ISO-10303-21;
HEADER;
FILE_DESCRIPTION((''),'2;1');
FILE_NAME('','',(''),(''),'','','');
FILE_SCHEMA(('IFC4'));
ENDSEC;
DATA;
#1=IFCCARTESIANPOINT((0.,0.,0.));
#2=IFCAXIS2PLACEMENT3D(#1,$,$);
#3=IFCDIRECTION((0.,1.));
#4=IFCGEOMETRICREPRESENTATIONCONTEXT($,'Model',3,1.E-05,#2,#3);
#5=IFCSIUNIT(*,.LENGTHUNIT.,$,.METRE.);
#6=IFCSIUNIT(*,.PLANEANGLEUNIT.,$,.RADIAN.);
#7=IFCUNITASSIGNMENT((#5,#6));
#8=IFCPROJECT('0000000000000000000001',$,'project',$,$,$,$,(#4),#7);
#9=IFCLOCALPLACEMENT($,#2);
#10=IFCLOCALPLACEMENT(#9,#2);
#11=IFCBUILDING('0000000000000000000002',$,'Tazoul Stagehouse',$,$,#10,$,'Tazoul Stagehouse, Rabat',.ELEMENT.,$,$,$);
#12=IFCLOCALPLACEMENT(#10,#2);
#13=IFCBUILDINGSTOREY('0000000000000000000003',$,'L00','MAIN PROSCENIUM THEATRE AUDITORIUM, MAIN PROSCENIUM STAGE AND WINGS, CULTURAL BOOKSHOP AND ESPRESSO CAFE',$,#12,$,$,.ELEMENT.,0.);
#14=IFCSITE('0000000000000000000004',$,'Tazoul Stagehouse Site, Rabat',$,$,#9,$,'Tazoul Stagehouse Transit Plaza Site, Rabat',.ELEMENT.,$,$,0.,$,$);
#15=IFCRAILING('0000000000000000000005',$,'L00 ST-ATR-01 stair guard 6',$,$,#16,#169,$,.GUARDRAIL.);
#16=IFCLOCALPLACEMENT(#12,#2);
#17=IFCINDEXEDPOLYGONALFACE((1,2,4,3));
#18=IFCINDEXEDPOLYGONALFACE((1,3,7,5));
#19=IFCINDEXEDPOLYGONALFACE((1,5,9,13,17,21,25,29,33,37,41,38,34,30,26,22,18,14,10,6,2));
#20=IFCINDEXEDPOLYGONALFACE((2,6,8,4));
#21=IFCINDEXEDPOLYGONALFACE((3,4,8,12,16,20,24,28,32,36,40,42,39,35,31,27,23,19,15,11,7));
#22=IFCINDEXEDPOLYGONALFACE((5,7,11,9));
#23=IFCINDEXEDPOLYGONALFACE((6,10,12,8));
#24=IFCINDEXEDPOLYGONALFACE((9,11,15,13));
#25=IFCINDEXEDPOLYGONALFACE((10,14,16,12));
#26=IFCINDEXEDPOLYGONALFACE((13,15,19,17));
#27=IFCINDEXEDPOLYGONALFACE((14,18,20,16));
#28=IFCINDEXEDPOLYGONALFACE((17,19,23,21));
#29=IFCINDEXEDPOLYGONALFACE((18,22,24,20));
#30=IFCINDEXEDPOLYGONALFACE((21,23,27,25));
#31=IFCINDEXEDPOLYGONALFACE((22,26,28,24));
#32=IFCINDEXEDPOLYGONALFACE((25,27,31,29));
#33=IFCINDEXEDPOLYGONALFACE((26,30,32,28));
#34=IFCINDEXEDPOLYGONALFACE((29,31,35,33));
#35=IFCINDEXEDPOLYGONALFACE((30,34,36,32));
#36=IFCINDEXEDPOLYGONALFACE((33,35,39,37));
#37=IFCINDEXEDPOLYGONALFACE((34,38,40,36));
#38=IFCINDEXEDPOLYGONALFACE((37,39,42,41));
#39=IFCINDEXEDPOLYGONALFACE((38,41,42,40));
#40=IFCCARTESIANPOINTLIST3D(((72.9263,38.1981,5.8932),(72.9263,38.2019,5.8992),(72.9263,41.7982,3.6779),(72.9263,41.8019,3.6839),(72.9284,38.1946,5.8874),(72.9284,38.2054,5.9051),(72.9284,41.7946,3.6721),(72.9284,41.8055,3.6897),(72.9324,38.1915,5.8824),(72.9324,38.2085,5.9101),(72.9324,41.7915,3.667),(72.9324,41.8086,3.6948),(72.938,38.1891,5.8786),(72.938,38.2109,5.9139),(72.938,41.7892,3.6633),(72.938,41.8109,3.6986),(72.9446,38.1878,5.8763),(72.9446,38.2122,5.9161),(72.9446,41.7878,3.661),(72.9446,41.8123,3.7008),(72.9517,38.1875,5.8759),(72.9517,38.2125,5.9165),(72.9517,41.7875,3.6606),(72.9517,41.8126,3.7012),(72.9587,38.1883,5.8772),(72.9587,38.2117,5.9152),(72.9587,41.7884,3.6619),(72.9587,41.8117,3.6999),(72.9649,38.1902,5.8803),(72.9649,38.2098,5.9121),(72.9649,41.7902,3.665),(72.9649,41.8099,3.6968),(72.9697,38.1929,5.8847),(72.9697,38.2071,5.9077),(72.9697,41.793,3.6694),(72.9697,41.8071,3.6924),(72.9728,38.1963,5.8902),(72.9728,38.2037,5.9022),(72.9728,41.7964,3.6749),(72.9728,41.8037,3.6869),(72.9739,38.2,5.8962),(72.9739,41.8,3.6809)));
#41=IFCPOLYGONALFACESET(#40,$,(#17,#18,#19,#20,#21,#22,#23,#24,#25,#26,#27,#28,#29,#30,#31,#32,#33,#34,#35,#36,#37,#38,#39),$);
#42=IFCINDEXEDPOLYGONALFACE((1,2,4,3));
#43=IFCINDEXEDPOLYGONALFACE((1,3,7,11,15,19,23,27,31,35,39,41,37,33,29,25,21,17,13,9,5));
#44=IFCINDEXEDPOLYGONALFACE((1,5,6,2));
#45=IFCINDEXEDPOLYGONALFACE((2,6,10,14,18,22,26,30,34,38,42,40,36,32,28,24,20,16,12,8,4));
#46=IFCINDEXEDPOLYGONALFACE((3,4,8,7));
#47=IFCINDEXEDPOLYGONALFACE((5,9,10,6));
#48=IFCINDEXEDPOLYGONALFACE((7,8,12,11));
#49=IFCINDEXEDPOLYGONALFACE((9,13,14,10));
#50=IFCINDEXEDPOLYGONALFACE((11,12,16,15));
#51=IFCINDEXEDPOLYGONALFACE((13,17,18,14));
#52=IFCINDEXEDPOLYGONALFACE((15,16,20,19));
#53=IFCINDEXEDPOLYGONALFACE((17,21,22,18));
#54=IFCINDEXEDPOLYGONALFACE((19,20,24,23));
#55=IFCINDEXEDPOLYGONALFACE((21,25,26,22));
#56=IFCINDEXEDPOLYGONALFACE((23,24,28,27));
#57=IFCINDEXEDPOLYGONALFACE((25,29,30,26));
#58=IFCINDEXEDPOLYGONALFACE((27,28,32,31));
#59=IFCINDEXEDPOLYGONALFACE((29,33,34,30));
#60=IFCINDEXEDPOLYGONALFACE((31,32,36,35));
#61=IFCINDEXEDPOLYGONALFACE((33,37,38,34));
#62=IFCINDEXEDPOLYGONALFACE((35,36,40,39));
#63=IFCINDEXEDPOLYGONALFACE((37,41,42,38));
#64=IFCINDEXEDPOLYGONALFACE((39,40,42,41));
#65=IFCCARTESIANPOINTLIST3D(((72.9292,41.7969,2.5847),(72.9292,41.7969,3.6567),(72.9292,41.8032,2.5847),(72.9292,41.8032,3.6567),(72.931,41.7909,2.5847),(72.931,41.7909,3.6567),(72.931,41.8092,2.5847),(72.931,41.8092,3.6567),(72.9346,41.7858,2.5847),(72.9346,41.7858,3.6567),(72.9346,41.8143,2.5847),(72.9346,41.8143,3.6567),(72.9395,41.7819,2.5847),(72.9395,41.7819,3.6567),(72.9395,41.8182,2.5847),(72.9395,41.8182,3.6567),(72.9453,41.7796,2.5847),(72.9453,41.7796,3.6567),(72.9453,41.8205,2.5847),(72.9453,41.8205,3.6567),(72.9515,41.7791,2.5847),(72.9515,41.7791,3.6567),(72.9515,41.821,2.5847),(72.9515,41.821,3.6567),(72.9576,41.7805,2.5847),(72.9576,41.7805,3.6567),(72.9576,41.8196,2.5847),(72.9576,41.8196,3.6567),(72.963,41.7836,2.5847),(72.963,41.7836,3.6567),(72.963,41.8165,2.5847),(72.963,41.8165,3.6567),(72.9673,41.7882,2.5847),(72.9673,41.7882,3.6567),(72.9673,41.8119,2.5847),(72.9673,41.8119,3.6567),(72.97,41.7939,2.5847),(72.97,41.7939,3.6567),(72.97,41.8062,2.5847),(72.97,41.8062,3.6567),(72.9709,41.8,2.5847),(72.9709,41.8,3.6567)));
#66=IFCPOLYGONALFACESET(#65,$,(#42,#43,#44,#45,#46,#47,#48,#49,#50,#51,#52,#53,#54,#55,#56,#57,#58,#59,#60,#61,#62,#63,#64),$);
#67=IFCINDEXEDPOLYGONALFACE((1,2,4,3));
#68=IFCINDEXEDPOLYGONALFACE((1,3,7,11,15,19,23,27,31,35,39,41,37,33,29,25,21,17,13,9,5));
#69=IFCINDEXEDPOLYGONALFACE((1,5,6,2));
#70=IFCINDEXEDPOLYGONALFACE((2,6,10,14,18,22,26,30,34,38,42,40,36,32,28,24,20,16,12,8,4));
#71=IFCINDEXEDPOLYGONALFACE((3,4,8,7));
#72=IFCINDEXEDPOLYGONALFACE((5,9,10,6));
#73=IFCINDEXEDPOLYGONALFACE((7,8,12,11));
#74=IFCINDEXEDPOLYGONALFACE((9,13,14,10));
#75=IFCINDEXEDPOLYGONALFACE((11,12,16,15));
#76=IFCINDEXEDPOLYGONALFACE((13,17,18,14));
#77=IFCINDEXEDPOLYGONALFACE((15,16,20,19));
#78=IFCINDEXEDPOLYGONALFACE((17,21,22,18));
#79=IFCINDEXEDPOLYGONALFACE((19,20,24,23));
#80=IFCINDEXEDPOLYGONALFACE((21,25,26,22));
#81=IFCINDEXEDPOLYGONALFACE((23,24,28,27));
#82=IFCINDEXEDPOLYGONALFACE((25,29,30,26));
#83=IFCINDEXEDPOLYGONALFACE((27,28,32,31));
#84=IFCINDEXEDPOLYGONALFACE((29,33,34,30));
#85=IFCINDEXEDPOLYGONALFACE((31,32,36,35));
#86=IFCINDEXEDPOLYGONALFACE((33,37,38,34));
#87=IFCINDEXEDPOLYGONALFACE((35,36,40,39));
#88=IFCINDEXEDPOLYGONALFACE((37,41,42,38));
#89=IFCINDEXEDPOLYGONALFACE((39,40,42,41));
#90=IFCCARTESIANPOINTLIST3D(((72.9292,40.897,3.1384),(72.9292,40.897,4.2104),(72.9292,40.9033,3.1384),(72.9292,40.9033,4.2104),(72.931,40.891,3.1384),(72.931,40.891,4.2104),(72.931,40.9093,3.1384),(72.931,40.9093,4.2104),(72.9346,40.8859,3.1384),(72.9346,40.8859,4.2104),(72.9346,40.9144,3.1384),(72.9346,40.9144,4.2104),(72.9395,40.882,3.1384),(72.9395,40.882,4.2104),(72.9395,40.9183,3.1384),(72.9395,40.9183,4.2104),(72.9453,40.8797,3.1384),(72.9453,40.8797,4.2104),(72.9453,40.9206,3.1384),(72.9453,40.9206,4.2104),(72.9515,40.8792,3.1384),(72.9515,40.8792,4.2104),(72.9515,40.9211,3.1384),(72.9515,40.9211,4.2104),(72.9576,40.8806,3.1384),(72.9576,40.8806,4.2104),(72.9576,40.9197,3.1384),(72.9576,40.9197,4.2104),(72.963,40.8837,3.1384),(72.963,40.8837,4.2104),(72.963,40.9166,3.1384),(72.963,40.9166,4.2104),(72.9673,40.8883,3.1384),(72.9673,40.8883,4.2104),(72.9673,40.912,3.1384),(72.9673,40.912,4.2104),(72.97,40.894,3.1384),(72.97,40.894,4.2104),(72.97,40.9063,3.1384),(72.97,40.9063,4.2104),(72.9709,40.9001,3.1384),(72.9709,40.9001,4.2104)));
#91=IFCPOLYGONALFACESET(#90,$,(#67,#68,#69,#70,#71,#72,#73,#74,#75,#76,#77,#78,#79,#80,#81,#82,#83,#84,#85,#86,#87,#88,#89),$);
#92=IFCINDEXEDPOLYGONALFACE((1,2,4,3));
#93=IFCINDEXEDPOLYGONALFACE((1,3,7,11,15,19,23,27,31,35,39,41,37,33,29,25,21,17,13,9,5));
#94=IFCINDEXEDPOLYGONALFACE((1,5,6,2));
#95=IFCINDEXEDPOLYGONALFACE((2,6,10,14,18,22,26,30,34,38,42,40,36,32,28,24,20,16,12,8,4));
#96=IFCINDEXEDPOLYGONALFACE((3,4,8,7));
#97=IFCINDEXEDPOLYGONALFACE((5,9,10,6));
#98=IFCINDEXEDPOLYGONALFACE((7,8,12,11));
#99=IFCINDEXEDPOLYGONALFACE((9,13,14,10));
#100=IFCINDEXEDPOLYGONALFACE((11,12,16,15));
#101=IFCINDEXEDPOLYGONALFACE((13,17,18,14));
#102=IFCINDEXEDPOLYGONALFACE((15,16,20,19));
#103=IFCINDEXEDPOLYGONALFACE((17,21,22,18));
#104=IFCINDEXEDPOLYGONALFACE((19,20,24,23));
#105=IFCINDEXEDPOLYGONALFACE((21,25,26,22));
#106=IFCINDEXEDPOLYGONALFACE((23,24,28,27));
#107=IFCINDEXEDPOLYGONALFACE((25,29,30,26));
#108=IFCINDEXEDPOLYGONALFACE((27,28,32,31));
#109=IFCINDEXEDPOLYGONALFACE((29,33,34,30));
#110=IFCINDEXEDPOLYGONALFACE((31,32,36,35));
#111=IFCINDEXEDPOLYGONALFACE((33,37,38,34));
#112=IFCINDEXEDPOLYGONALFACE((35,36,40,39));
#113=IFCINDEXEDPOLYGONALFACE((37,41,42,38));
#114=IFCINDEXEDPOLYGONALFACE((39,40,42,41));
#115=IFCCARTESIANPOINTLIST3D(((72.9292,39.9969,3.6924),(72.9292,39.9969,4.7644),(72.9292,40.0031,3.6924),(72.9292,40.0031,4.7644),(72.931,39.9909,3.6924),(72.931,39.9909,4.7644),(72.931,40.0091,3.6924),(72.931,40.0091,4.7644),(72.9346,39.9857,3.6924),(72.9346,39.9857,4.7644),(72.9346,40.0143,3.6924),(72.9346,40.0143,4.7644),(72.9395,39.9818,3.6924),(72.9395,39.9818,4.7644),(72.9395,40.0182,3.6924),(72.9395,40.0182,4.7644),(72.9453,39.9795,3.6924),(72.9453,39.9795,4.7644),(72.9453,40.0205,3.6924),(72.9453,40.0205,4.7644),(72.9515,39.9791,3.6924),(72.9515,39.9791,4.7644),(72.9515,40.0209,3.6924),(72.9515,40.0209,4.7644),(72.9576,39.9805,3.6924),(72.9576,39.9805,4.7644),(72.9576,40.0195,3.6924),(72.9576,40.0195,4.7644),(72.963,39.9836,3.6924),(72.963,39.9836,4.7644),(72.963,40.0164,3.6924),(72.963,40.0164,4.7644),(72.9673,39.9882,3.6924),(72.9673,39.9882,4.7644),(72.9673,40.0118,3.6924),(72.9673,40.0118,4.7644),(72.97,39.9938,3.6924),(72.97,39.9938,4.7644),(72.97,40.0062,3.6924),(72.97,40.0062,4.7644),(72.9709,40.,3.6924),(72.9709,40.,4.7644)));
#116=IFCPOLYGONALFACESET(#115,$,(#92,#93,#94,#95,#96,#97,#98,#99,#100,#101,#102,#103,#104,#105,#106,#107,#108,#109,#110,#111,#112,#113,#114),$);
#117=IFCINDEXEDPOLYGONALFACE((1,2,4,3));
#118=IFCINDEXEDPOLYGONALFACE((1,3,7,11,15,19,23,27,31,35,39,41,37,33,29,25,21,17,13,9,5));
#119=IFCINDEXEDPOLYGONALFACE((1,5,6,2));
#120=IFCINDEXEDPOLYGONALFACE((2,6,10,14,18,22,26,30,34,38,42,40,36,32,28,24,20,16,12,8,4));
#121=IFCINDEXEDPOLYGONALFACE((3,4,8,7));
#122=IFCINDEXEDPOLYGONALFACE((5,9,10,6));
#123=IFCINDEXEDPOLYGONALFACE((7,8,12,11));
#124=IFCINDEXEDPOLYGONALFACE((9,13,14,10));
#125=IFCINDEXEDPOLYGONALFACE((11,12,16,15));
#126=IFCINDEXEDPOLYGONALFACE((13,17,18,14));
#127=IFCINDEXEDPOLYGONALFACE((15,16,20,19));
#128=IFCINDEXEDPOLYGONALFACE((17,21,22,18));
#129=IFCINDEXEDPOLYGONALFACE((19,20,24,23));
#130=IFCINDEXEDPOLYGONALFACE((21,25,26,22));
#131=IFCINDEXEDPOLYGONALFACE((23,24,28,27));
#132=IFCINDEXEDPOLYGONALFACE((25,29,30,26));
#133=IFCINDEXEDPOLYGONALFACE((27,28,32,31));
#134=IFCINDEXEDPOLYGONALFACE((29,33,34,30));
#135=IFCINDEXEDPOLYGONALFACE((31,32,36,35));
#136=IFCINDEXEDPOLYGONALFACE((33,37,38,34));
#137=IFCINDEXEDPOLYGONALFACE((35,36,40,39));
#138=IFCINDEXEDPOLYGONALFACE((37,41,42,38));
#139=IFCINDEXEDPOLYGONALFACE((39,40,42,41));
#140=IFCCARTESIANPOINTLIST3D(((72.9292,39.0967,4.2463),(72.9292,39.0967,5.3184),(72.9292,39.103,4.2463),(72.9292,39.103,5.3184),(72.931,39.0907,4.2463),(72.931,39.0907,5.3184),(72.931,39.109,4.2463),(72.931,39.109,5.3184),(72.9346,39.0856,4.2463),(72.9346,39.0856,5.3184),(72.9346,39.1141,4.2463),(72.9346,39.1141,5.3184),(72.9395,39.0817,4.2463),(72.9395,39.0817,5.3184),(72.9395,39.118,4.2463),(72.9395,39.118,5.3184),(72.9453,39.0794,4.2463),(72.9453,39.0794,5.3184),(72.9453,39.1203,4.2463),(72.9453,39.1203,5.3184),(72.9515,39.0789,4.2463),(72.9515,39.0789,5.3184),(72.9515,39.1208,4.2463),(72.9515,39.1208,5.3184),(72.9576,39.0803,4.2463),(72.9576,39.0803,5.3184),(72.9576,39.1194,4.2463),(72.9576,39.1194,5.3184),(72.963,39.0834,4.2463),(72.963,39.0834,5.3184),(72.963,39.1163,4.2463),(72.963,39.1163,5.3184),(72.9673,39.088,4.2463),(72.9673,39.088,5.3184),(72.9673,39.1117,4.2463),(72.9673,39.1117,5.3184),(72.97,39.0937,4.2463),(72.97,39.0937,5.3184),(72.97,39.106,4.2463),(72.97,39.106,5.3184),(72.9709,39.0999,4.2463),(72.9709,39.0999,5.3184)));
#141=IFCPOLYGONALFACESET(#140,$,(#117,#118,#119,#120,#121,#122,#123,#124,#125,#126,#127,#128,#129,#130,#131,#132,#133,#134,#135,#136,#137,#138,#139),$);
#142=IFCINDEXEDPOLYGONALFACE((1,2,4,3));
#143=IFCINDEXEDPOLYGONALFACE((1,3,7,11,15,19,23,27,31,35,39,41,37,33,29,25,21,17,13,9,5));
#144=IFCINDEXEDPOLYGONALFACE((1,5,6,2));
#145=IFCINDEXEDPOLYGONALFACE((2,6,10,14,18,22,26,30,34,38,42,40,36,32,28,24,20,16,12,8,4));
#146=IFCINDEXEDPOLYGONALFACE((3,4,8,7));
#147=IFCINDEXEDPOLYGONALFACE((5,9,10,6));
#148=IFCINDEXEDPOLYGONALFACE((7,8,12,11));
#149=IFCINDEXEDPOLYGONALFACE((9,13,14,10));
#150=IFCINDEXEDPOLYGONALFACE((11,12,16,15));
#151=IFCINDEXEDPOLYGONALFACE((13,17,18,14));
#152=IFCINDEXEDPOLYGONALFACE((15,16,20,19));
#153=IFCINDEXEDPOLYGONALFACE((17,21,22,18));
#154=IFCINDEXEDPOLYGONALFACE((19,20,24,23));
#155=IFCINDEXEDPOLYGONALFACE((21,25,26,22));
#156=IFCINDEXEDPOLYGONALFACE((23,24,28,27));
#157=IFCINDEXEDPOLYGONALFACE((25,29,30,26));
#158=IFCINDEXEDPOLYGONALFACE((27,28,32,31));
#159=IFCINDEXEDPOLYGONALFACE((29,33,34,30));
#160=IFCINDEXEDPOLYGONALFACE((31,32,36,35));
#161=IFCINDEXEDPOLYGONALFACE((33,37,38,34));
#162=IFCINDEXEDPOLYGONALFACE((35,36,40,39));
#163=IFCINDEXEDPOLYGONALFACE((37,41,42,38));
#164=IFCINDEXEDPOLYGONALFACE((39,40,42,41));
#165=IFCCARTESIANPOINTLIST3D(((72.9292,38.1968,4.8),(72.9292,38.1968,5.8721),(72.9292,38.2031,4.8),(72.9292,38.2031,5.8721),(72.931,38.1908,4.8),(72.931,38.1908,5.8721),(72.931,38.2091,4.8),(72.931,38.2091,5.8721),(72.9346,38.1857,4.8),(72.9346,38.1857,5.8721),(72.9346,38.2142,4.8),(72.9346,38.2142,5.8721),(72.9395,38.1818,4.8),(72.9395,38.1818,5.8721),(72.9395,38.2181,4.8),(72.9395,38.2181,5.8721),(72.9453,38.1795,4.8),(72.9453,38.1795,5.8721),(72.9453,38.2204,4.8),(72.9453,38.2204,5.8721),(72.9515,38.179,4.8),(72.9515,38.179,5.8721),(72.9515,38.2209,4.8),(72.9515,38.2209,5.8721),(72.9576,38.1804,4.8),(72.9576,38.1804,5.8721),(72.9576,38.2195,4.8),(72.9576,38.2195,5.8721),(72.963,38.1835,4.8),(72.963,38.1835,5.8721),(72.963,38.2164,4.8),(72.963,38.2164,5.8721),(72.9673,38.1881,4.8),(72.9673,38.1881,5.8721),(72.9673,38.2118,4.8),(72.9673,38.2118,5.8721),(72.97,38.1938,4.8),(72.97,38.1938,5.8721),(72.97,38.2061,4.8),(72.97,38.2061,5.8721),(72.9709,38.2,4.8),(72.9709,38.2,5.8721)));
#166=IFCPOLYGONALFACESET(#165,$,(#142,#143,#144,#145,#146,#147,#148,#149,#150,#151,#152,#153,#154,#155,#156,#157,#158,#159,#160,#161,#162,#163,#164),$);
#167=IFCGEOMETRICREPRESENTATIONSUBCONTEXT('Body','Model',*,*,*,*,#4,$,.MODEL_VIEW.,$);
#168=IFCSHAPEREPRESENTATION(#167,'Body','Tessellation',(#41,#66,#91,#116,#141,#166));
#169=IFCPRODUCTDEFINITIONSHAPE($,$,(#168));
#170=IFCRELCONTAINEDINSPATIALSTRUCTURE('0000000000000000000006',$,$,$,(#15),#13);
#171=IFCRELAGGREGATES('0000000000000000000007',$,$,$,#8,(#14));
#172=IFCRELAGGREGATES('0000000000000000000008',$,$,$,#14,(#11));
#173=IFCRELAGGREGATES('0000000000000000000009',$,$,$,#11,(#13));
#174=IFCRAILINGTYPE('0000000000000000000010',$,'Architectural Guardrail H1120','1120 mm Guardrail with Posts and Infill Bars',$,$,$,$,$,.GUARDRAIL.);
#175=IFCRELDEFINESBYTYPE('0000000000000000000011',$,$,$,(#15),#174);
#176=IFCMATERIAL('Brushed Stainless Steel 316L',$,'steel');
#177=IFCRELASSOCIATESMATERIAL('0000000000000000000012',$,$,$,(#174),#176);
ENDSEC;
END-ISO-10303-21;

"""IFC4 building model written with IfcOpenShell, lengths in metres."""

from ifc_helpers import new_model, si_unit, direction, frame, origin, origin_2d, place, context, subcontext, project, spatial, circle, extrude, material, material_profile, profile_set, type_object, element, save


model = new_model("IFC4")

# Units and contexts
model_context = context("Model", 3, precision=1e-05, world=origin(), true_north=direction((0.0, 1.0)))
body_context = subcontext(model_context, "Body", "Model", "MODEL_VIEW")
ifc_project = project(units=[si_unit("LENGTHUNIT", "METRE"), si_unit("PLANEANGLEUNIT", "RADIAN")], contexts=[model_context])

# Site, building, storey
site_placement = place(None, origin())
site = spatial("IfcSite", under=ifc_project, at=site_placement, Name="Tazoul Stagehouse Site, Rabat", LongName="Tazoul Stagehouse Transit Plaza Site, Rabat", CompositionType="ELEMENT", RefElevation=0.0)
building_placement = place(site_placement, origin())
building = spatial("IfcBuilding", under=site, at=building_placement, Name="Tazoul Stagehouse", LongName="Tazoul Stagehouse, Rabat", CompositionType="ELEMENT")
storey_placement = place(building_placement, origin())
storey = spatial("IfcBuildingStorey", under=building, at=storey_placement, Name="L00", Description="MAIN PROSCENIUM THEATRE AUDITORIUM, MAIN PROSCENIUM STAGE AND WINGS, CULTURAL BOOKSHOP AND ESPRESSO CAFE", CompositionType="ELEMENT", Elevation=0.0)

# Railing
ifc_material_1 = material(Name="Brushed Stainless Steel 316L", Category="steel")
ifc_material_profile_1 = material_profile(ifc_material_1, circle(Radius=0.0239, at=origin_2d()), Name="SS RAIL D48")
ifc_profile_set_1 = profile_set([ifc_material_profile_1], Name="Brushed Stainless Steel 316L")
railing_type_1 = type_object("IfcRailingType", Name="Architectural Guardrail H1120", Description="1120 mm Guardrail with Posts and Infill Bars", PredefinedType="GUARDRAIL", material=ifc_profile_set_1)
railing_1_placement = place(storey_placement, frame((72.95, 41.8, 2.5847)))
element("IfcRailing", 1, at=railing_1_placement, inside=storey, type_object=railing_type_1, Name="L00 ST-ATR-01 stair guard 6", PredefinedType="GUARDRAIL", context=body_context, shape_type="SweptSolid", body=[
    extrude(circle(Radius=0.0239, at=origin_2d()), frame((0.0, 0.0, 1.0962), z_axis=(0.0, -0.85167, 0.524078), x_axis=(1.0, 0.0, 0.0)), (0.0, 0.0, 1.0), 4.2271),
    extrude(circle(Radius=0.021, at=origin_2d()), origin(), (0.0, 0.0, 1.0), 1.072),
    extrude(circle(Radius=0.021, at=origin_2d()), frame((0.0, -0.8999, 0.5537)), (0.0, 0.0, 1.0), 1.072),
    extrude(circle(Radius=0.021, at=origin_2d()), frame((0.0, -1.8, 1.1077)), (0.0, 0.0, 1.0), 1.072),
    extrude(circle(Radius=0.021, at=origin_2d()), frame((0.0, -2.7002, 1.6616)), (0.0, 0.0, 1.0), 1.072),
    extrude(circle(Radius=0.021, at=origin_2d()), frame((0.0, -3.6001, 2.2153)), (0.0, 0.0, 1.0), 1.072),
])

save(model, "model.ifc")
